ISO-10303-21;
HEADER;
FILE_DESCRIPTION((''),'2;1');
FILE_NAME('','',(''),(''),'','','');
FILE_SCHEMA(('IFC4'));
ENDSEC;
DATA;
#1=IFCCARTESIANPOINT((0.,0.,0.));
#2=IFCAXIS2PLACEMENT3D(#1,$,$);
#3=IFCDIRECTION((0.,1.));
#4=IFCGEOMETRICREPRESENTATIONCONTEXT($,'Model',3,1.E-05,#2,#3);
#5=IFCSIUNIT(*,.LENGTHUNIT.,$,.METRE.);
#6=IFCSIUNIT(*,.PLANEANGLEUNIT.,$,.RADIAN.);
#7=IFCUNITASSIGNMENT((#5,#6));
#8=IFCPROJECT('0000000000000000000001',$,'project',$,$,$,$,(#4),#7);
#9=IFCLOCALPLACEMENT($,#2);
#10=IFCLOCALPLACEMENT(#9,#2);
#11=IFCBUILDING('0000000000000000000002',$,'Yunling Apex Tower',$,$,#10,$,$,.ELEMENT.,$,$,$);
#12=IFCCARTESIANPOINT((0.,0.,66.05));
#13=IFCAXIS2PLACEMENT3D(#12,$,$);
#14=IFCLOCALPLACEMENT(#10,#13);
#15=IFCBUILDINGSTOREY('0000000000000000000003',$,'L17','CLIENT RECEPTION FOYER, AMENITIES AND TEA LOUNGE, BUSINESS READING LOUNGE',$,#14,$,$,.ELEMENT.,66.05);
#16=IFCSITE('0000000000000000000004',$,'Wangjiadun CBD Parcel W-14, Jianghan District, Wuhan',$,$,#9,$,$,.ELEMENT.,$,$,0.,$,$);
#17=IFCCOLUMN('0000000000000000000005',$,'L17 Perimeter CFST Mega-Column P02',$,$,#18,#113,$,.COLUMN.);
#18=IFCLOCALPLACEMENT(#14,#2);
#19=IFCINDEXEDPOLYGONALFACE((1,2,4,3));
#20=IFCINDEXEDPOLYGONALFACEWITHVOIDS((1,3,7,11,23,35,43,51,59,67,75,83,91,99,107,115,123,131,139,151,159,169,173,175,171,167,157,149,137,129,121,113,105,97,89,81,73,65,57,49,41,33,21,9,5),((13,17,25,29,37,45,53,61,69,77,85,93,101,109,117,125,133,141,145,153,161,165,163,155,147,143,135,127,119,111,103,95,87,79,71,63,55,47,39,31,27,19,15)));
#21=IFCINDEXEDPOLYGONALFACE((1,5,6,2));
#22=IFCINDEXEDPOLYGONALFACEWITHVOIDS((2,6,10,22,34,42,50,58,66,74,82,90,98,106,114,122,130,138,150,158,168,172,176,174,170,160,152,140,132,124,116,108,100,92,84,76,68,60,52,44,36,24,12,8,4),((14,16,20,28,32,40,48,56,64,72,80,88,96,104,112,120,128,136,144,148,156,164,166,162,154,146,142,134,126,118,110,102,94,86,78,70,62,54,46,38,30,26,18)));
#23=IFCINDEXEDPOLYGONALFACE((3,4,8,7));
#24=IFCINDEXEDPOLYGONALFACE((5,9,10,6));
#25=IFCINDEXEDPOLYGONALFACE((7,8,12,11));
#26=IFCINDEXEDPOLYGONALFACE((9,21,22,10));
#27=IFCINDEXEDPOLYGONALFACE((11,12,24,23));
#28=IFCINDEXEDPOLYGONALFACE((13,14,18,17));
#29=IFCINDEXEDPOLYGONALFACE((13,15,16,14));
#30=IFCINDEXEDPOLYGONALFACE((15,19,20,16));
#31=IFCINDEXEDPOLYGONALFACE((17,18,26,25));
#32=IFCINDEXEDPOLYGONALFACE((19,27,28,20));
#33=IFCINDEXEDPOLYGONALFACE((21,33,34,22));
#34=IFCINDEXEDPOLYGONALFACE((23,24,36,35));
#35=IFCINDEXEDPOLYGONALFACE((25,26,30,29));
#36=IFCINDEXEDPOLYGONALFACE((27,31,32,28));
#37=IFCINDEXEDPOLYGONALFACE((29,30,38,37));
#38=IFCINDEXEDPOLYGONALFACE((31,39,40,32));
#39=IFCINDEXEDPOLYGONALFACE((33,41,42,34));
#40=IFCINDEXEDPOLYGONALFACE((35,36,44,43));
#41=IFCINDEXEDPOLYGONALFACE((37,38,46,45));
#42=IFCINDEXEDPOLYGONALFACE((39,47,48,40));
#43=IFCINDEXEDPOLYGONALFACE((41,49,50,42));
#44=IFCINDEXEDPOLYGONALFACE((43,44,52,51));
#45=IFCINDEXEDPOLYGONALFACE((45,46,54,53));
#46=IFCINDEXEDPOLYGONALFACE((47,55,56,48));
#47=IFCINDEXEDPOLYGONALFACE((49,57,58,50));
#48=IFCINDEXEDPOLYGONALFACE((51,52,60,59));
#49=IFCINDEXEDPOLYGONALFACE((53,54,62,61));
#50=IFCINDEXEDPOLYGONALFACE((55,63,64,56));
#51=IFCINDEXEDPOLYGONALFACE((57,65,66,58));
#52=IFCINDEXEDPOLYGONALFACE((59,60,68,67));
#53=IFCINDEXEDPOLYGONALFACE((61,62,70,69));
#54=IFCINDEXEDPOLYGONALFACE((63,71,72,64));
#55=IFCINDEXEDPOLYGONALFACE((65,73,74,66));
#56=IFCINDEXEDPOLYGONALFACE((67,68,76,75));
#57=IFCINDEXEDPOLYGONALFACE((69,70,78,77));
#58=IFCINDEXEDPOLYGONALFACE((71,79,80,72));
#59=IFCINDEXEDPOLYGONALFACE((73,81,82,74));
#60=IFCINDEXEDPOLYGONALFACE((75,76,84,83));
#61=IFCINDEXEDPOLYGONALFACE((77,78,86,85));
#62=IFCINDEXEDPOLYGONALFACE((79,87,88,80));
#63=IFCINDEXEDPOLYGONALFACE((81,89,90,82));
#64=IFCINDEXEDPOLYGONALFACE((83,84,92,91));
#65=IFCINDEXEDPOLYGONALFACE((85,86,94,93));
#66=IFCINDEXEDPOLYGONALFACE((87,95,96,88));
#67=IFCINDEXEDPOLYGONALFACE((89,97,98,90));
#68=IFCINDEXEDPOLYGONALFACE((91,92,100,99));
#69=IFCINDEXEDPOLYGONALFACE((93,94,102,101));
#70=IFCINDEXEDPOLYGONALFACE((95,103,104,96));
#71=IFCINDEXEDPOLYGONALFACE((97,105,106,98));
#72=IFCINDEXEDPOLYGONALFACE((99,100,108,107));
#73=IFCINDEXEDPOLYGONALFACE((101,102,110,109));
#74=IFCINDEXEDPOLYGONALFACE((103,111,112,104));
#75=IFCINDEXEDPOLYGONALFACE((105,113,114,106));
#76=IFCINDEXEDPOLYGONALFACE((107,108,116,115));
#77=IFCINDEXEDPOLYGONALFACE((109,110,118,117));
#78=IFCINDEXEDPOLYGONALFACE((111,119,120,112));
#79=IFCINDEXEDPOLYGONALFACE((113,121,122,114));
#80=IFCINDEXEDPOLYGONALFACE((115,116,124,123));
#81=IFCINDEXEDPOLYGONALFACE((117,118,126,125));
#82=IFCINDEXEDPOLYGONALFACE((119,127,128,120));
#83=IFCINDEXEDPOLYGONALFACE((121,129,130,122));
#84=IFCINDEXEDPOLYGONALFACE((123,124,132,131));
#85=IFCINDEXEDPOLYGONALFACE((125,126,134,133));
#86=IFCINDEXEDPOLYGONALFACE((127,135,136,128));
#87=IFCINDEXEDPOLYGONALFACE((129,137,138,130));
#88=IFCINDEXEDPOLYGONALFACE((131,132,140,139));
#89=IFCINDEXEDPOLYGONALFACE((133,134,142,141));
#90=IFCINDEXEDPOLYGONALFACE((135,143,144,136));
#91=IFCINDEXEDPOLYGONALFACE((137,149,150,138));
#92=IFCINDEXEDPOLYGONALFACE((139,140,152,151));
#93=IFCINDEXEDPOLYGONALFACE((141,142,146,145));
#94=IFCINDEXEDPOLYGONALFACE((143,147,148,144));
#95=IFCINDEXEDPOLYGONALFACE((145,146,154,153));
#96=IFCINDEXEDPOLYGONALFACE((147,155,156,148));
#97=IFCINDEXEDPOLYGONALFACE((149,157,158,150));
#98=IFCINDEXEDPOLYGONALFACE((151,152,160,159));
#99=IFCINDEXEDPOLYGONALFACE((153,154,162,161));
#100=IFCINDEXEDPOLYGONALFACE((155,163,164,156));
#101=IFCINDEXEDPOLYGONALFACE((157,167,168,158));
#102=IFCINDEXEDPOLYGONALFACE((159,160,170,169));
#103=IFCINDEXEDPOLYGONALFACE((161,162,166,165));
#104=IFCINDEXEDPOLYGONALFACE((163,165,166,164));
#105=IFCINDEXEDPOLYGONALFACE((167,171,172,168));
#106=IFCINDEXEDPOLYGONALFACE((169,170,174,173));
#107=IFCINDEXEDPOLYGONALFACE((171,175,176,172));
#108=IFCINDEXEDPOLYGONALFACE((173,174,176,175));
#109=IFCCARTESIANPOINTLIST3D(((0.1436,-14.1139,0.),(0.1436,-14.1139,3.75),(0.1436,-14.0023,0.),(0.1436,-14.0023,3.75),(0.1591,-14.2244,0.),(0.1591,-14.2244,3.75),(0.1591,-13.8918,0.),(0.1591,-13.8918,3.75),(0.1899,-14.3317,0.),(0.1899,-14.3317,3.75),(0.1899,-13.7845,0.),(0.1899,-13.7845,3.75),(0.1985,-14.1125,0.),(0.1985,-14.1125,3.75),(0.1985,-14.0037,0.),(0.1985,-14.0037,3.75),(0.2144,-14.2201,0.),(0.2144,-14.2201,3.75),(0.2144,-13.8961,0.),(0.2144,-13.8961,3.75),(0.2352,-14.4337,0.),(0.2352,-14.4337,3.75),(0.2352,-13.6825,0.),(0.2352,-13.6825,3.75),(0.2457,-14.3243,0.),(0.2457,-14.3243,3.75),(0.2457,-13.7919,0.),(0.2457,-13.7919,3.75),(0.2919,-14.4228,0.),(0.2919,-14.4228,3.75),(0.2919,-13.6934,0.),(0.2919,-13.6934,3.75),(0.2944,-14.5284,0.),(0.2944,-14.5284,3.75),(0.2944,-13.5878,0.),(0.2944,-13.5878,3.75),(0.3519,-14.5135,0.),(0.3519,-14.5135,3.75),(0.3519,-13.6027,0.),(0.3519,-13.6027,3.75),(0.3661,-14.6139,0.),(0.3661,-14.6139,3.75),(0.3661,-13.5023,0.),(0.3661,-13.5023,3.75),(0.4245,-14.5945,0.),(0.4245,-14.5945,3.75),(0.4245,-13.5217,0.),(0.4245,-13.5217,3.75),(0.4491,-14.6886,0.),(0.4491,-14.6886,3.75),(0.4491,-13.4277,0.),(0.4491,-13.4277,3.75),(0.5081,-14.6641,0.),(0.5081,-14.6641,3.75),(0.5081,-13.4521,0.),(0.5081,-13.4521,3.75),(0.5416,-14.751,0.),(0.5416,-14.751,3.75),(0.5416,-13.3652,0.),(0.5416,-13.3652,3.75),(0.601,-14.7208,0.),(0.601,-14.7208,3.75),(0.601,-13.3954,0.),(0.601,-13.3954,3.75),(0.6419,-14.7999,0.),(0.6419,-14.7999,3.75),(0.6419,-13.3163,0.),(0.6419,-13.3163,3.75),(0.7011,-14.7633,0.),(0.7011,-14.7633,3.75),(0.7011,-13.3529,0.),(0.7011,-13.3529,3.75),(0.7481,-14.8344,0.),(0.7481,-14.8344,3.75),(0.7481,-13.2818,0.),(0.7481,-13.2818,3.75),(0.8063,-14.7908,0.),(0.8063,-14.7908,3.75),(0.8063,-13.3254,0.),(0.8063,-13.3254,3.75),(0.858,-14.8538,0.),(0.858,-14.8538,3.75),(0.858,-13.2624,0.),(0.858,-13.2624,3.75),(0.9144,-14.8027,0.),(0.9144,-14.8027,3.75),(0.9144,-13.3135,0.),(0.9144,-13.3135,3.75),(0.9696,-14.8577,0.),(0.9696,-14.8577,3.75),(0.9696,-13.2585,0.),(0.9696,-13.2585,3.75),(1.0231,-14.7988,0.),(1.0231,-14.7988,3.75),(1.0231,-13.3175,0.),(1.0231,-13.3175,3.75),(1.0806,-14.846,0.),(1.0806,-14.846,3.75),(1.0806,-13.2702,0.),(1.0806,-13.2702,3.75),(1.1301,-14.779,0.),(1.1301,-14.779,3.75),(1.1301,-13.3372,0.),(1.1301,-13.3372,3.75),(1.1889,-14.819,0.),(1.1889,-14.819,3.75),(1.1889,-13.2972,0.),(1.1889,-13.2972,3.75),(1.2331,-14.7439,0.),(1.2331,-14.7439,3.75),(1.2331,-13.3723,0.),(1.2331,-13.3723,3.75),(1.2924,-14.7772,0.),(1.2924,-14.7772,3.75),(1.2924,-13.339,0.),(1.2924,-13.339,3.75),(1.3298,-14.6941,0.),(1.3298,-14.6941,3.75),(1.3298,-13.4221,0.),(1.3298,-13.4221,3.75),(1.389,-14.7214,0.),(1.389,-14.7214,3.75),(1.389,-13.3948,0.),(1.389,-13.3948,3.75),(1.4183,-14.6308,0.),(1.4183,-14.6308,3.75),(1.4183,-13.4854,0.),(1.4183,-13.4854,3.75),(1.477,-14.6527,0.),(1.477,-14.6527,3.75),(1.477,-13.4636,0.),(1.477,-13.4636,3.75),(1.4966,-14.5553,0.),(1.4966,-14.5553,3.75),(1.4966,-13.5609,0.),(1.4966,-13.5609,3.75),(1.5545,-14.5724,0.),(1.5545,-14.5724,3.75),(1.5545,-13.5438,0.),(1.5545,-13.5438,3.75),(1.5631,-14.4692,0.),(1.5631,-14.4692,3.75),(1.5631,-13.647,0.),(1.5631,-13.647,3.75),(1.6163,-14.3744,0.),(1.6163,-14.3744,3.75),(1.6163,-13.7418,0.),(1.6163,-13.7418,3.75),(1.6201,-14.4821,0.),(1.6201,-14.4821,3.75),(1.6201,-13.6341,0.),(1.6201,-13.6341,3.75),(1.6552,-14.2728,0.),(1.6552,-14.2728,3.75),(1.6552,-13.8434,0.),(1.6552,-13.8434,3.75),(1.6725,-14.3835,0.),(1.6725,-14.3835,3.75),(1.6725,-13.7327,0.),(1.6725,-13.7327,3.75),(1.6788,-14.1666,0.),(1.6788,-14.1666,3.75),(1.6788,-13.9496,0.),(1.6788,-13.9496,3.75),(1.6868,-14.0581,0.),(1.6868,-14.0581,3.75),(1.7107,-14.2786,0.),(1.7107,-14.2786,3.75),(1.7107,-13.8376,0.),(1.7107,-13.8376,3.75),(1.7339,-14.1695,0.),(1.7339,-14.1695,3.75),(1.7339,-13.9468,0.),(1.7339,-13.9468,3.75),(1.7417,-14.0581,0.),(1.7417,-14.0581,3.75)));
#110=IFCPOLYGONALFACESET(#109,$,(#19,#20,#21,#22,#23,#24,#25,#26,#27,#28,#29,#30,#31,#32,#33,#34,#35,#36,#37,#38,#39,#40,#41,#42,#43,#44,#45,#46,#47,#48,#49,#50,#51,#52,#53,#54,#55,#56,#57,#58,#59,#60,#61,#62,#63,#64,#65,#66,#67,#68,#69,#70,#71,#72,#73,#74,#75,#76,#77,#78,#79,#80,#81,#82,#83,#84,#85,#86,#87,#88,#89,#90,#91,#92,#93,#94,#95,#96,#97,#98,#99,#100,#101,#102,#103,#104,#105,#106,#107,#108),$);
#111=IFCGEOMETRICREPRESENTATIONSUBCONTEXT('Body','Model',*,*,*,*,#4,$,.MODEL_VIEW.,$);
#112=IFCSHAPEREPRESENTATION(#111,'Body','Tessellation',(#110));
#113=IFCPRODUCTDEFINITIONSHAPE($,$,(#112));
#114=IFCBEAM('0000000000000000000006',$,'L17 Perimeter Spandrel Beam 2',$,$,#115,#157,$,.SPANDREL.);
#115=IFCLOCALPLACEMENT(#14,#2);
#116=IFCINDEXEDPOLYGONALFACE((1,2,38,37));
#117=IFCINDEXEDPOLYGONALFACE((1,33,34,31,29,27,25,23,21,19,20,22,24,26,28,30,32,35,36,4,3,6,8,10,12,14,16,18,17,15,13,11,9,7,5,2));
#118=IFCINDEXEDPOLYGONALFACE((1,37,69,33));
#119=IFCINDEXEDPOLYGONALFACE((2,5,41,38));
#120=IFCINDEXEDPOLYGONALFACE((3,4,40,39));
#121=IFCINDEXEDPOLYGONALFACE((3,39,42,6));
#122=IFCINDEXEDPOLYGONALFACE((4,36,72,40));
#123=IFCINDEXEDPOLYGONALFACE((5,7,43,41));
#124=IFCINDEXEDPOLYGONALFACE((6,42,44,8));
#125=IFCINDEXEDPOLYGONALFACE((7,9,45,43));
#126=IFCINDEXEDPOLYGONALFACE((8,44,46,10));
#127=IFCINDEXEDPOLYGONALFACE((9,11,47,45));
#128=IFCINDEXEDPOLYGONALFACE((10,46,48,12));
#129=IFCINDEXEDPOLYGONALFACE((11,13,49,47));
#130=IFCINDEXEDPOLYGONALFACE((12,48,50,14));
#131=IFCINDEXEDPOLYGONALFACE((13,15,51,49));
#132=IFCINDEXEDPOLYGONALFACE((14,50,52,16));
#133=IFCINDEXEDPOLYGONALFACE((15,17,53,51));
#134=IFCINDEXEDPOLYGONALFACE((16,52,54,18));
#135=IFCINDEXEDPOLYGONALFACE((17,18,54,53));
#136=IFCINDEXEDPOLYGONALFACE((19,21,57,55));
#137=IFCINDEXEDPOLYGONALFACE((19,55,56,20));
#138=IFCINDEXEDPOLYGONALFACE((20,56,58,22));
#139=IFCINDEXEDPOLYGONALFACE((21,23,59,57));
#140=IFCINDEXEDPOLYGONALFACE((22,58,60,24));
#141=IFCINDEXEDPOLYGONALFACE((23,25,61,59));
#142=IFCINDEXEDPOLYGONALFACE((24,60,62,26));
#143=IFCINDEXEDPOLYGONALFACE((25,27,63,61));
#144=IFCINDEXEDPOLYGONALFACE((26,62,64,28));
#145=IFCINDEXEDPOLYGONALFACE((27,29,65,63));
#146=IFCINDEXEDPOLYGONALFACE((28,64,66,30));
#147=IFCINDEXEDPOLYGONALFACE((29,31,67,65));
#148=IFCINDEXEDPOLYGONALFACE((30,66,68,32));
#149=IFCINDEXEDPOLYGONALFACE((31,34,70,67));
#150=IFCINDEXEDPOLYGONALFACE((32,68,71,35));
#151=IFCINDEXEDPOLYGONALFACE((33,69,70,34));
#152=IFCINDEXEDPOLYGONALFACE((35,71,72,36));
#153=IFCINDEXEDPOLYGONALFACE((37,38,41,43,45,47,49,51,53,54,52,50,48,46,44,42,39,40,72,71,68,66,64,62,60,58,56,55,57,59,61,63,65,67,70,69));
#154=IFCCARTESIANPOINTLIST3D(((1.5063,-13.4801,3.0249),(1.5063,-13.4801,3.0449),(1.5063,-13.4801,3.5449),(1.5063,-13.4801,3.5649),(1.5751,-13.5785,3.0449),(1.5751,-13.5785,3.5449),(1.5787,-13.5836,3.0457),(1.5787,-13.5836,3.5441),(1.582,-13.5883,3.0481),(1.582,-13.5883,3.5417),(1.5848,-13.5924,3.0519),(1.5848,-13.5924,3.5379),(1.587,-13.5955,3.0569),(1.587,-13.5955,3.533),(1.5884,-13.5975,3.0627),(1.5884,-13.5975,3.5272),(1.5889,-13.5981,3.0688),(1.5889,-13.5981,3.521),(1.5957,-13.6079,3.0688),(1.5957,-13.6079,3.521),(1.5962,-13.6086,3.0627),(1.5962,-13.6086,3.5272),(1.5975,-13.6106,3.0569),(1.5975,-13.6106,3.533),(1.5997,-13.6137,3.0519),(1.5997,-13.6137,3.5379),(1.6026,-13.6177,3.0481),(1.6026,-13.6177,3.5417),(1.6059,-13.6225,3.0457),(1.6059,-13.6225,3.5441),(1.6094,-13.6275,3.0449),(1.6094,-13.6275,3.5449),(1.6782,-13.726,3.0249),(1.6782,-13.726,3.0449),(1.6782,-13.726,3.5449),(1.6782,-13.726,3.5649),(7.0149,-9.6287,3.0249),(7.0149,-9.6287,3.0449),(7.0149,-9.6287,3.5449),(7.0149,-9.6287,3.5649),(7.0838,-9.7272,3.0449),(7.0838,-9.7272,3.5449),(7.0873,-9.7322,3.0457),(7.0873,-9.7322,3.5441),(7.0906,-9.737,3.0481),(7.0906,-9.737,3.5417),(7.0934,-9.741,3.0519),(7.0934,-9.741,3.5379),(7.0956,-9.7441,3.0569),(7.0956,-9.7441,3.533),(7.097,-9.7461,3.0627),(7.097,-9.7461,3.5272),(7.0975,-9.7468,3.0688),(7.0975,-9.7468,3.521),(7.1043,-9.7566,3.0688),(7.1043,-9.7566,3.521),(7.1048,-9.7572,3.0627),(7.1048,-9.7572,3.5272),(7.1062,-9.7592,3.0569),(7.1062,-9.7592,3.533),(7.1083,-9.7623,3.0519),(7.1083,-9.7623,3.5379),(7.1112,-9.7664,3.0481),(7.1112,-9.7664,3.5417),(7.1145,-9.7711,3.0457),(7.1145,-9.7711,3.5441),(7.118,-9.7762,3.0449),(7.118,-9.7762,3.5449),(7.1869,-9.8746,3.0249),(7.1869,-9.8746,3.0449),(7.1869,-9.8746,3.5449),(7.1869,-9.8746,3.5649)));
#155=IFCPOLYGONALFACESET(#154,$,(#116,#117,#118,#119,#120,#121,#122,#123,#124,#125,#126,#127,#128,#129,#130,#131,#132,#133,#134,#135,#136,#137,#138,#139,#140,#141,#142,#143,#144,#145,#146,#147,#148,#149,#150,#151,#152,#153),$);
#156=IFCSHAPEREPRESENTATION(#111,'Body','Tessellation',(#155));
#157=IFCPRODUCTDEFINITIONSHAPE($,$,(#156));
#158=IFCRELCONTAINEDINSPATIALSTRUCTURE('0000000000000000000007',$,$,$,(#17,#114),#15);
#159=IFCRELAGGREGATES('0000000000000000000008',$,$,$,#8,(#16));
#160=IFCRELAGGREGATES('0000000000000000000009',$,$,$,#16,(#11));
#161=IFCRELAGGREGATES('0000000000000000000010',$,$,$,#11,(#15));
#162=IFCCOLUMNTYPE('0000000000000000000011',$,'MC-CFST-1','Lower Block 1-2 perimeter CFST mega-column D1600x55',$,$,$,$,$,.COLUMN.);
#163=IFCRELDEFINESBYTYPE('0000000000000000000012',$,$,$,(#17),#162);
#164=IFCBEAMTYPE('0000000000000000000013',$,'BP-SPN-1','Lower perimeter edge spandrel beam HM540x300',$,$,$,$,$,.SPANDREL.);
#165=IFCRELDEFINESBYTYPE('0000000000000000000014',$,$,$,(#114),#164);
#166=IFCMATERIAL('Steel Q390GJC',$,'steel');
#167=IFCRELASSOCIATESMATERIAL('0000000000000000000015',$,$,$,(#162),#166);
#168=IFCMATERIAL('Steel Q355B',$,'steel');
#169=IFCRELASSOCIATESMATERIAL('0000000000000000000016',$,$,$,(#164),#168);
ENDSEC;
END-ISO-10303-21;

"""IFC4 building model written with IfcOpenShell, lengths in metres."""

from ifc_helpers import new_model, si_unit, direction, frame, origin, origin_2d, place, context, subcontext, project, spatial, hollow_circle, i_section, extrude, source, transform, mapped, material, material_profile, profile_set, type_object, element, save


model = new_model("IFC4")

# Units and contexts
model_context = context("Model", 3, precision=1e-05, world=origin(), true_north=direction((0.0, 1.0)))
body_context = subcontext(model_context, "Body", "Model", "MODEL_VIEW")
ifc_project = project(units=[si_unit("LENGTHUNIT", "METRE"), si_unit("PLANEANGLEUNIT", "RADIAN")], contexts=[model_context])

# Site, building, storey
site_placement = place(None, origin())
site = spatial("IfcSite", under=ifc_project, at=site_placement, Name="Wangjiadun CBD Parcel W-14, Jianghan District, Wuhan", CompositionType="ELEMENT", RefElevation=0.0)
building_placement = place(site_placement, origin())
building = spatial("IfcBuilding", under=site, at=building_placement, Name="Yunling Apex Tower", CompositionType="ELEMENT")
storey_placement = place(building_placement, frame((0.0, 0.0, 66.05)))
storey = spatial("IfcBuildingStorey", under=building, at=storey_placement, Name="L17", Description="CLIENT RECEPTION FOYER, AMENITIES AND TEA LOUNGE, BUSINESS READING LOUNGE", CompositionType="ELEMENT", Elevation=66.05)

# Column
ifc_material_1 = material(Name="Steel Q390GJC", Category="steel")
ifc_material_profile_1 = material_profile(ifc_material_1, hollow_circle(Radius=0.8, WallThickness=0.0549, at=origin_2d()))
ifc_profile_set_1 = profile_set([ifc_material_profile_1], Name="Steel Q390GJC")
column_type = type_object("IfcColumnType", Name="MC-CFST-1", Description="Lower Block 1-2 perimeter CFST mega-column D1600x55", PredefinedType="COLUMN", material=ifc_profile_set_1)
shared_shape_1 = source(origin(), body_context, "Body", "SweptSolid", [
    extrude(hollow_circle(Radius=0.8, WallThickness=0.0549, at=origin_2d()), origin(), (0.0, 0.0, 1.0), 3.75),
])
column_placement = place(storey_placement, frame((0.9417, -14.0581, 0.0), z_axis=(0.0, 0.0, 1.0), x_axis=(1.0, 0.0, 0.0)))
element("IfcColumn", 1, at=column_placement, inside=storey, type_object=column_type, Name="L17 Perimeter CFST Mega-Column P02", PredefinedType="COLUMN", context=body_context, shape_type="MappedRepresentation", body=[
    mapped(shared_shape_1, transform((0.0, 0.0, 0.0), scale=1.0)),
])

# Beam
ifc_material_2 = material(Name="Steel Q355B", Category="steel")
ifc_material_profile_2 = material_profile(ifc_material_2, i_section(OverallWidth=0.3, OverallDepth=0.54, WebThickness=0.012, FlangeThickness=0.02, FilletRadius=0.0239, at=origin_2d()))
ifc_profile_set_2 = profile_set([ifc_material_profile_2], Name="Steel Q355B")
beam_type_1 = type_object("IfcBeamType", Name="BP-SPN-1", Description="Lower perimeter edge spandrel beam HM540x300", PredefinedType="SPANDREL", material=ifc_profile_set_2)
shared_shape_2 = source(origin(), body_context, "Body", "SweptSolid", [
    extrude(i_section(OverallWidth=0.3, OverallDepth=0.54, WebThickness=0.012, FlangeThickness=0.02, FilletRadius=0.0239, at=origin_2d()), origin(), (0.0, 0.0, 1.0), 6.7214),
])
beam_1_placement = place(storey_placement, frame((1.5923, -13.603, 3.2949), z_axis=(0.819558, 0.572997, 0.0), x_axis=(-0.572997, 0.819558, 0.0)))
element("IfcBeam", 2, at=beam_1_placement, inside=storey, type_object=beam_type_1, Name="L17 Perimeter Spandrel Beam 2", PredefinedType="SPANDREL", context=body_context, shape_type="MappedRepresentation", body=[
    mapped(shared_shape_2, transform((0.0, 0.0, 0.0), scale=1.0)),
])

save(model, "model.ifc")
